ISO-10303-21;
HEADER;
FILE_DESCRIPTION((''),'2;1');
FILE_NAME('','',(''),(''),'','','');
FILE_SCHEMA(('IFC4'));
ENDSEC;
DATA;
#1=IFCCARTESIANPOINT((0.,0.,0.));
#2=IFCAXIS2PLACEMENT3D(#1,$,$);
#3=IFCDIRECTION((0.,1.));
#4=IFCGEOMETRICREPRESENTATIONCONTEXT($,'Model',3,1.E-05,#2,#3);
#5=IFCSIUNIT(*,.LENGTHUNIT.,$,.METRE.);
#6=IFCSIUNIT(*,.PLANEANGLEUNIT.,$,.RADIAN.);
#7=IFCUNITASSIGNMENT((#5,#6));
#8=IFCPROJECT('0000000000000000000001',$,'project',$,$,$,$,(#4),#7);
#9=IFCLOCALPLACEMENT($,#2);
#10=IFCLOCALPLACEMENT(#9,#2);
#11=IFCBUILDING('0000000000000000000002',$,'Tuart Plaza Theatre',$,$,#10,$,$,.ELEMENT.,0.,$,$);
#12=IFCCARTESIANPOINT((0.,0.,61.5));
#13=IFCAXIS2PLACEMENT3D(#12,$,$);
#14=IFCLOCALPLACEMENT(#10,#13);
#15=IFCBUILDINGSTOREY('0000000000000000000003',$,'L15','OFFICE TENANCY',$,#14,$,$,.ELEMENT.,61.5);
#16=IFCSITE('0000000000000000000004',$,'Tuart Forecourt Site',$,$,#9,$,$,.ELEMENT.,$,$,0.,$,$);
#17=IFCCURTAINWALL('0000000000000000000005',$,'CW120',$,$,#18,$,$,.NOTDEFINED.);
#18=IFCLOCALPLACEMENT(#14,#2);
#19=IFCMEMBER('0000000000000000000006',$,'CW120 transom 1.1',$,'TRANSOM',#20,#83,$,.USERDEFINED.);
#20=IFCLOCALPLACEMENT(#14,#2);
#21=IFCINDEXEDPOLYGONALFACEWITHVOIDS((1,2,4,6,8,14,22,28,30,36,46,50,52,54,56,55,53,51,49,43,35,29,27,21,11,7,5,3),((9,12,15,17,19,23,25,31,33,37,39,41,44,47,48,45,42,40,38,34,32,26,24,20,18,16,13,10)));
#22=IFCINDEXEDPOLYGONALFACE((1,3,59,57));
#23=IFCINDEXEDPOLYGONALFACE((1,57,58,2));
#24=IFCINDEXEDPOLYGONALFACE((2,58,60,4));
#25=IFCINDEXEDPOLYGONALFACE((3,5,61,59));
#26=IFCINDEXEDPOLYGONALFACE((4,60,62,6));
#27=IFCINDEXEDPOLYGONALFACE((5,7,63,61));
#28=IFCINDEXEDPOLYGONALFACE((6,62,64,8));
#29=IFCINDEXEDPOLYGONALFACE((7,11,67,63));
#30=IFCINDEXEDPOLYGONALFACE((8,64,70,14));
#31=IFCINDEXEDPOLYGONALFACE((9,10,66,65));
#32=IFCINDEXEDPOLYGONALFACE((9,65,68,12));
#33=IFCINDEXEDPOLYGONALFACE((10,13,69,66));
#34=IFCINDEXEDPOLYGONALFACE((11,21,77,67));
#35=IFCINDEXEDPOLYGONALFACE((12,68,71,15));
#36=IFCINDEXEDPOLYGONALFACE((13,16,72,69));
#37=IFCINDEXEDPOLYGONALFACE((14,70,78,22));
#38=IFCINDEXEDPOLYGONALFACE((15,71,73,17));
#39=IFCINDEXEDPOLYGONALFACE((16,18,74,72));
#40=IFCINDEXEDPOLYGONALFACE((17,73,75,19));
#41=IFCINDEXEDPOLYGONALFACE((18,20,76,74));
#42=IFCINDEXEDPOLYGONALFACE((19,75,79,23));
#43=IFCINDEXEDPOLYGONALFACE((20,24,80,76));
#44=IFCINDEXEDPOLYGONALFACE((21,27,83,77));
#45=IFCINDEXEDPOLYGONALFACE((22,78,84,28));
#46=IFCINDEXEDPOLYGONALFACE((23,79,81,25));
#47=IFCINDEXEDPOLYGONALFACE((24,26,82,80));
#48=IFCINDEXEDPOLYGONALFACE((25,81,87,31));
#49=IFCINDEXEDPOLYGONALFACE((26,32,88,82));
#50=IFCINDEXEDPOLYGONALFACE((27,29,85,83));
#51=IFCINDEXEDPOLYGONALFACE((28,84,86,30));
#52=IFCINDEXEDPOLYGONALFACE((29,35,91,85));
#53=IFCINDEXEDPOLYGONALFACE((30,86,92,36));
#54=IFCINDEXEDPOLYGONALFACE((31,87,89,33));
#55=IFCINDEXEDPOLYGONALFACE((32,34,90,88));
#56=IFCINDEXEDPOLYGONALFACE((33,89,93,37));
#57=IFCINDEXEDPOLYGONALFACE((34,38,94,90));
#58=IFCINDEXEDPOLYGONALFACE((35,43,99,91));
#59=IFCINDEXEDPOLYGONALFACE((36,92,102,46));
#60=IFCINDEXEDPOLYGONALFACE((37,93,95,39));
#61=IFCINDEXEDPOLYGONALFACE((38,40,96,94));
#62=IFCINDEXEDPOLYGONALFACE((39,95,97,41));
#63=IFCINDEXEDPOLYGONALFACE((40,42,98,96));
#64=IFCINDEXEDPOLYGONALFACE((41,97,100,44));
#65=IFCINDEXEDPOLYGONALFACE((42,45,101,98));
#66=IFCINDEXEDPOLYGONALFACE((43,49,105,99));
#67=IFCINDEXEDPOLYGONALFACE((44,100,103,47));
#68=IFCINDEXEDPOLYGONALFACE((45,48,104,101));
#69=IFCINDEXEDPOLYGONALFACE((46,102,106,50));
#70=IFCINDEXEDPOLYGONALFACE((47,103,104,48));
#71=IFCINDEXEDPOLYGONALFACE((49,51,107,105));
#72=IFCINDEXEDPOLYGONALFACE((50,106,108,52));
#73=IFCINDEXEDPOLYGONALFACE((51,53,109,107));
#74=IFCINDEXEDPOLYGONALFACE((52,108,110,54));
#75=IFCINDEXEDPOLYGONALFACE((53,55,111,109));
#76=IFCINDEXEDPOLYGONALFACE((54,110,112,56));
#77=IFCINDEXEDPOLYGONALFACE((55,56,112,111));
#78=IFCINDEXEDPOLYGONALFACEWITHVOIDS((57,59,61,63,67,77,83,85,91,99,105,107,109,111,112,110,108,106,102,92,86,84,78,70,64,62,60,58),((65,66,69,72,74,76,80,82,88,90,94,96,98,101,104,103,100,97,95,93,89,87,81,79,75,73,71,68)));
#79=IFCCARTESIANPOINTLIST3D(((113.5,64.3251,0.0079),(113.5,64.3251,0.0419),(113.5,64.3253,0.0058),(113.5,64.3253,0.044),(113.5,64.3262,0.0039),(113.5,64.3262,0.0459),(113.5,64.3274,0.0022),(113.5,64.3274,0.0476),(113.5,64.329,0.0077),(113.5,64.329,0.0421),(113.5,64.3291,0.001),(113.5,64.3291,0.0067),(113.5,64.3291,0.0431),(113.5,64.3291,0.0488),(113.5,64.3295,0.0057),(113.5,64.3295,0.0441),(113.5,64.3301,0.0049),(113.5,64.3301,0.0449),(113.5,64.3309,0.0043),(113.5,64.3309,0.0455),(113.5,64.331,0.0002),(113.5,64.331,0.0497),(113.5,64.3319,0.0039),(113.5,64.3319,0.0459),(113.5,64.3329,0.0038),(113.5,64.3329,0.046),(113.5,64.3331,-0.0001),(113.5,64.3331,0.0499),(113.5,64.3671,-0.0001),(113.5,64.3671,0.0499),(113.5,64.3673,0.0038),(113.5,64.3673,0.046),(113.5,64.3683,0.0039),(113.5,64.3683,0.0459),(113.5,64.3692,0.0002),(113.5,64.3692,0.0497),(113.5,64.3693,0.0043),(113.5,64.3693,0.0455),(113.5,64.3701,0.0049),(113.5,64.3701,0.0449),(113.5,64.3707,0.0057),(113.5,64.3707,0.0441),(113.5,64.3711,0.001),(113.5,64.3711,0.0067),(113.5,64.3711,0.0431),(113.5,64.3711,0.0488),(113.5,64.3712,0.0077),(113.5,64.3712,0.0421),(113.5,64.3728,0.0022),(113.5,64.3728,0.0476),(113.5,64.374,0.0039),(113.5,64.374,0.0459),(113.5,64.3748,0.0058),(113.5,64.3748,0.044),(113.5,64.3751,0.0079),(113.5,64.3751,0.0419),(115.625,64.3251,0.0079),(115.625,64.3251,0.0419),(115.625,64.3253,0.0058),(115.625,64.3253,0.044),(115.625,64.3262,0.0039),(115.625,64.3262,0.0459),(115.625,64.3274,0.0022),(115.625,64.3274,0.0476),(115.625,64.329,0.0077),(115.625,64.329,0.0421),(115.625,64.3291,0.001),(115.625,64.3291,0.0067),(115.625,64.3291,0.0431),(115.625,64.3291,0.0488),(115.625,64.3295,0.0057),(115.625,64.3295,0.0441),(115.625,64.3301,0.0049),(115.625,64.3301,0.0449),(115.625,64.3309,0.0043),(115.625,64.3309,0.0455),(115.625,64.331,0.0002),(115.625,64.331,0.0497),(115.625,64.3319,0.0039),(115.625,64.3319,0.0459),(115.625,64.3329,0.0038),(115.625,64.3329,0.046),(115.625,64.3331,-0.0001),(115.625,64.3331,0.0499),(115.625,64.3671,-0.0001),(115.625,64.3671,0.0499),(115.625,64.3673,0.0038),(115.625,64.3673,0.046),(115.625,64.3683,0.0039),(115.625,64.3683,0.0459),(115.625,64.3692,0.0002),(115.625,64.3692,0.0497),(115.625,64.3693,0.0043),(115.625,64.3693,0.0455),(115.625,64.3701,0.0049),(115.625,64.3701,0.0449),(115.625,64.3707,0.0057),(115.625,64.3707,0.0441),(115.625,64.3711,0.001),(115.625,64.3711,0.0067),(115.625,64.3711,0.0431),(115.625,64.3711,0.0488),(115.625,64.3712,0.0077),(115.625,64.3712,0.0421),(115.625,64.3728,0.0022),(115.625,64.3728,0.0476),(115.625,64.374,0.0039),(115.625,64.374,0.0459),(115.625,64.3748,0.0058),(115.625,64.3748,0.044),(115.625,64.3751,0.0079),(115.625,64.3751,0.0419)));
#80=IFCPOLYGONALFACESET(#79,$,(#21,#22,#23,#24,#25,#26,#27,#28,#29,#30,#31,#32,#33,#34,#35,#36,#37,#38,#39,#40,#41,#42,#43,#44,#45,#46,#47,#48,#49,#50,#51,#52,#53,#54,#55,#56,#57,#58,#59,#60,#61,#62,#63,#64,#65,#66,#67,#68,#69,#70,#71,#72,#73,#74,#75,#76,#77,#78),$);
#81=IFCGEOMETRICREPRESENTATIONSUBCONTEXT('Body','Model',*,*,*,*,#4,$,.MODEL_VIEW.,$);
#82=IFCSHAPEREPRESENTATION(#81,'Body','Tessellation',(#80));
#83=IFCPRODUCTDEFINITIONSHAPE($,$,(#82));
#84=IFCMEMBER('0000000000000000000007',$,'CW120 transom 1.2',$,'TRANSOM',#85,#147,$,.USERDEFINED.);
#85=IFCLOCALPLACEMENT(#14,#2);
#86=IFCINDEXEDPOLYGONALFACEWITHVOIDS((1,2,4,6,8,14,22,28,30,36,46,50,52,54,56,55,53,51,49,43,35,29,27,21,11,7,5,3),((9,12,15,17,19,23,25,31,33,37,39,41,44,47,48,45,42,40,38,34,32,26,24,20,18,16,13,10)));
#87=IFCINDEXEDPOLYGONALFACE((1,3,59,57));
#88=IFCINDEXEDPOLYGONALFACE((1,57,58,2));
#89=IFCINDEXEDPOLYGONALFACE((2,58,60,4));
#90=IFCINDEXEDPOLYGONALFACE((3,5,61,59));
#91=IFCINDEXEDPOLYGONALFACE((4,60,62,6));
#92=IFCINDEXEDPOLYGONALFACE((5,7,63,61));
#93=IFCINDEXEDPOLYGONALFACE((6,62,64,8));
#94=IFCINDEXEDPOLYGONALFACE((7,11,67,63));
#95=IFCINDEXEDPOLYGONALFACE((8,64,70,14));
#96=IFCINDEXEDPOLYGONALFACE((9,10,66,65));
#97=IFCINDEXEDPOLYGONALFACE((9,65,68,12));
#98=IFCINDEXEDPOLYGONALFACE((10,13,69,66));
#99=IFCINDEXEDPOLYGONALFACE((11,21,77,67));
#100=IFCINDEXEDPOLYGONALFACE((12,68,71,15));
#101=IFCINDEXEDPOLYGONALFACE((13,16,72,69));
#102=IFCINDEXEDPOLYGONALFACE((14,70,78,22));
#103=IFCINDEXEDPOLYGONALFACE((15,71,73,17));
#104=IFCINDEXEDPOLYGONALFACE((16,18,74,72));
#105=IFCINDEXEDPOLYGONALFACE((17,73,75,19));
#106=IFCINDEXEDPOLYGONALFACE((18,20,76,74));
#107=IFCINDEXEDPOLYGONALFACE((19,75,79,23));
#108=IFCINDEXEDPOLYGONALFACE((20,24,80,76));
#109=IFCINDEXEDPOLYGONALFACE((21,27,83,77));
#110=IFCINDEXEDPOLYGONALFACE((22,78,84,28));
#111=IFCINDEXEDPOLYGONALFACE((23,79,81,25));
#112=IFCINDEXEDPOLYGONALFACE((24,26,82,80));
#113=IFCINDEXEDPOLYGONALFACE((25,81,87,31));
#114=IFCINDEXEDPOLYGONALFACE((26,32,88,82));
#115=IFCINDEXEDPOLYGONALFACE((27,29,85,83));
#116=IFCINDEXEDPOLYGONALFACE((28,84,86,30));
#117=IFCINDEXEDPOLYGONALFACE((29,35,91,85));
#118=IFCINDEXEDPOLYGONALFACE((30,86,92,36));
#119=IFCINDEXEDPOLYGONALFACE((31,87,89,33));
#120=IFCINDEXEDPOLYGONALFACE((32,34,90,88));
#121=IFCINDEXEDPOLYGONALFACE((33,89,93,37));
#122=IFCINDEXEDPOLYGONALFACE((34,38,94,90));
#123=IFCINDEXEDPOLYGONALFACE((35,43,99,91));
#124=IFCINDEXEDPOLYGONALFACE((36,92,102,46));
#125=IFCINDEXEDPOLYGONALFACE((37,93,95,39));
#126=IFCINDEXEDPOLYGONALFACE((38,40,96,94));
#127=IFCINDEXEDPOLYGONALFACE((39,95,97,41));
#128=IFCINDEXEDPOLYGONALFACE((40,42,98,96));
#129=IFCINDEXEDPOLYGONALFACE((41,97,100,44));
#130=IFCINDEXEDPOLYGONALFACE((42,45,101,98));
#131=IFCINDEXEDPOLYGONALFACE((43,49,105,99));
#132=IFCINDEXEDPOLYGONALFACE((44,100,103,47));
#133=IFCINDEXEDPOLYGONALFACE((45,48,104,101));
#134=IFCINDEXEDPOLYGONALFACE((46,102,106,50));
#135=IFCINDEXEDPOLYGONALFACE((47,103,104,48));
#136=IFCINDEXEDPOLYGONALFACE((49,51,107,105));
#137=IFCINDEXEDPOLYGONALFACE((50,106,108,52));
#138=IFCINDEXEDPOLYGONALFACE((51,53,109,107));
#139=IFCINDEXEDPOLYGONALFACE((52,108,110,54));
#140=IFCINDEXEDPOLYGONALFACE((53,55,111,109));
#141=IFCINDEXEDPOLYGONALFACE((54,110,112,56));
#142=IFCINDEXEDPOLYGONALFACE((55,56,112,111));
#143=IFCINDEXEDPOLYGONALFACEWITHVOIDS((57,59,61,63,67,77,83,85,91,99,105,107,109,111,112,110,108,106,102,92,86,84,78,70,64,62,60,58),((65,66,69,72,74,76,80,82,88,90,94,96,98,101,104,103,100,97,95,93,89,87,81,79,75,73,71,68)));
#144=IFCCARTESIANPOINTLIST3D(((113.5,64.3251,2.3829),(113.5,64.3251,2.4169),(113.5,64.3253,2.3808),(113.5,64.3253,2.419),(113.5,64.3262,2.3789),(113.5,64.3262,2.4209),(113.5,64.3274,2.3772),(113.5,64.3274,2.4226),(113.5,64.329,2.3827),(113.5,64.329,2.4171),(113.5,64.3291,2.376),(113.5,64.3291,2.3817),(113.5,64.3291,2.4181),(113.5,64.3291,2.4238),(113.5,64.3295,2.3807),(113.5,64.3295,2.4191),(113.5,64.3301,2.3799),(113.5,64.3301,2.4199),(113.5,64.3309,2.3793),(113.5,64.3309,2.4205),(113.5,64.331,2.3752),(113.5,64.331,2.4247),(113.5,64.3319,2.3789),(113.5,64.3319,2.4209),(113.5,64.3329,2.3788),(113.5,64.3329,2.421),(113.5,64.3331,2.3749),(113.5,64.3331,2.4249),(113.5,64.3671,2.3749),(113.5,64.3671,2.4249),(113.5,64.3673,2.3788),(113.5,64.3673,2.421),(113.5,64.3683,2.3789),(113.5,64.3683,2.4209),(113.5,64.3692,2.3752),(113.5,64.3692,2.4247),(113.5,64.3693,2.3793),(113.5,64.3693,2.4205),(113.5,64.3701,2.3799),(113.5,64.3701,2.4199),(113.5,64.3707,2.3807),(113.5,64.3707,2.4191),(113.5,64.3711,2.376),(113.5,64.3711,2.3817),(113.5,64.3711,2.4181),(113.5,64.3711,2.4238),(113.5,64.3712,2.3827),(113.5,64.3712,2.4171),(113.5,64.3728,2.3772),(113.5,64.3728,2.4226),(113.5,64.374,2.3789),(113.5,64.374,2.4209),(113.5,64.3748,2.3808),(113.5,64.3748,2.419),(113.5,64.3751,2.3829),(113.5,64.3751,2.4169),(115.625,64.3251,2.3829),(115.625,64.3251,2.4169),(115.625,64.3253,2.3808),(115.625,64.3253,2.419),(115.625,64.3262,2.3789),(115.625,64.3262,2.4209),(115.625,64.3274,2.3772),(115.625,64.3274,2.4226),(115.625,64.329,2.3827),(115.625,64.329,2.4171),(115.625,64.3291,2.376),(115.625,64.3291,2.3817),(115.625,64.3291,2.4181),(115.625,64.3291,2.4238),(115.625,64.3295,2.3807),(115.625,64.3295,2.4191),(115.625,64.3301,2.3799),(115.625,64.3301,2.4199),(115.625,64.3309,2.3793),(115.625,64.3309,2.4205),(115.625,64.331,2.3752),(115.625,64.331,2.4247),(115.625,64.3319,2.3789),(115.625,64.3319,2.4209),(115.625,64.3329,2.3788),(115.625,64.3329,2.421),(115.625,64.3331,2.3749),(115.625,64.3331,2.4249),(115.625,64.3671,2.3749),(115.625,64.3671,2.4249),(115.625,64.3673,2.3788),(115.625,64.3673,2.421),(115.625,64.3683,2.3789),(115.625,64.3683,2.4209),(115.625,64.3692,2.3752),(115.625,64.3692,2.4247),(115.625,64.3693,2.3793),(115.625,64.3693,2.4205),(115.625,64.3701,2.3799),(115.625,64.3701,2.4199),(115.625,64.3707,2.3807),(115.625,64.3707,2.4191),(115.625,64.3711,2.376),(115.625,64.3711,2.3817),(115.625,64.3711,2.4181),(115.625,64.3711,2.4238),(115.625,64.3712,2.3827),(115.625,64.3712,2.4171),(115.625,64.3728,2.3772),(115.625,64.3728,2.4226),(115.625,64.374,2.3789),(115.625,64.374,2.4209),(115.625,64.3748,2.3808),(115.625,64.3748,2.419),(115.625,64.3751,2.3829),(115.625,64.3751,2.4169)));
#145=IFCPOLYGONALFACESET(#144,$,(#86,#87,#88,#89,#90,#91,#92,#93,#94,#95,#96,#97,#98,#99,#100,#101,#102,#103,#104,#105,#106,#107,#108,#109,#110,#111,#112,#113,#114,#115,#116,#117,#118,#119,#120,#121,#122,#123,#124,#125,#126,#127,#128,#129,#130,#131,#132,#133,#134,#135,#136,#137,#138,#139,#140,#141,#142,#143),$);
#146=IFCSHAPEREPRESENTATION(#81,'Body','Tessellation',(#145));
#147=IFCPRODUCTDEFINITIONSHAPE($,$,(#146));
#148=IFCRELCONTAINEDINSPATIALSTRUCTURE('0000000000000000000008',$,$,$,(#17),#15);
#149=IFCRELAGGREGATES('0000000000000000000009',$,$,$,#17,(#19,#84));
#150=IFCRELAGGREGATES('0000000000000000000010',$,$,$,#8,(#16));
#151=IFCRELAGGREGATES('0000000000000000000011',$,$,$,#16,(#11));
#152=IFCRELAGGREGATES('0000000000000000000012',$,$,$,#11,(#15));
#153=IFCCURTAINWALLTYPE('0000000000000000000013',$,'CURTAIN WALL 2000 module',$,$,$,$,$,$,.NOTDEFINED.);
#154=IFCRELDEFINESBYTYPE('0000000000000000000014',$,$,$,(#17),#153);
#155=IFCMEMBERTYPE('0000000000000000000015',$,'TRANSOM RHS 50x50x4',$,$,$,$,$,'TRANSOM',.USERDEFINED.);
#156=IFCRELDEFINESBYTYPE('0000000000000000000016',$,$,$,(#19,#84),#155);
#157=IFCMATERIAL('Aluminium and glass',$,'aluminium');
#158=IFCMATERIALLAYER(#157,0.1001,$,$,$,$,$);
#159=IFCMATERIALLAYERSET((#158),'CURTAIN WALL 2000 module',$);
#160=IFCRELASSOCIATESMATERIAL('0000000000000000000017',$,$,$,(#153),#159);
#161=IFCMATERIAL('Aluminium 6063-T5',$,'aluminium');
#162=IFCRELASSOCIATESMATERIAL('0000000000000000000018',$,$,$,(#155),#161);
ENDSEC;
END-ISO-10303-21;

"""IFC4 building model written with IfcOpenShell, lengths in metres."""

from ifc_helpers import new_model, si_unit, direction, frame, origin, origin_2d, place, context, subcontext, project, spatial, hollow_rectangle, extrude, material, layer, layer_set, material_profile, profile_set, type_object, element, aggregate, save


model = new_model("IFC4")

# Units and contexts
model_context = context("Model", 3, precision=1e-05, world=origin(), true_north=direction((0.0, 1.0)))
body_context = subcontext(model_context, "Body", "Model", "MODEL_VIEW")
ifc_project = project(units=[si_unit("LENGTHUNIT", "METRE"), si_unit("PLANEANGLEUNIT", "RADIAN")], contexts=[model_context])

# Site, building, storey
site_placement = place(None, origin())
site = spatial("IfcSite", under=ifc_project, at=site_placement, Name="Tuart Forecourt Site", CompositionType="ELEMENT", RefElevation=0.0)
building_placement = place(site_placement, origin())
building = spatial("IfcBuilding", under=site, at=building_placement, Name="Tuart Plaza Theatre", CompositionType="ELEMENT", ElevationOfRefHeight=0.0)
storey_placement = place(building_placement, frame((0.0, 0.0, 61.5)))
storey = spatial("IfcBuildingStorey", under=building, at=storey_placement, Name="L15", Description="OFFICE TENANCY", CompositionType="ELEMENT", Elevation=61.5)

# Curtain wall
ifc_material_1 = material(Name="Aluminium and glass", Category="aluminium")
ifc_layer_1 = layer(ifc_material_1, 0.1001)
ifc_layer_set_1 = layer_set([ifc_layer_1], Name="CURTAIN WALL 2000 module")
curtain_wall_type_1 = type_object("IfcCurtainWallType", Name="CURTAIN WALL 2000 module", PredefinedType="NOTDEFINED", material=ifc_layer_set_1)
curtain_wall_1_placement = place(storey_placement, origin())
curtain_wall_1 = element("IfcCurtainWall", 1, at=curtain_wall_1_placement, inside=storey, type_object=curtain_wall_type_1, Name="CW120", PredefinedType="NOTDEFINED")
ifc_material_2 = material(Name="Aluminium 6063-T5", Category="aluminium")
ifc_material_profile_1 = material_profile(ifc_material_2, hollow_rectangle(XDim=0.05, YDim=0.05, WallThickness=0.0039, InnerFilletRadius=0.0039, OuterFilletRadius=0.0081, at=origin_2d()), Name="RHS 50x50x4")
ifc_profile_set_1 = profile_set([ifc_material_profile_1], Name="Aluminium 6063-T5")
member_type_1 = type_object("IfcMemberType", Name="TRANSOM RHS 50x50x4", ElementType="TRANSOM", PredefinedType="USERDEFINED", material=ifc_profile_set_1)

# Members
member_1_placement = place(storey_placement, frame((113.5, 64.3501, 0.0249), z_axis=(1.0, 0.0, 0.0), x_axis=(0.0, 1.0, 0.0)))
member_1 = element("IfcMember", 2, at=member_1_placement, type_object=member_type_1, Name="CW120 transom 1.1", ObjectType="TRANSOM", PredefinedType="USERDEFINED", context=body_context, shape_type="SweptSolid", body=[
    extrude(hollow_rectangle(XDim=0.05, YDim=0.05, WallThickness=0.0039, InnerFilletRadius=0.0039, OuterFilletRadius=0.0081, at=origin_2d()), origin(), (0.0, 0.0, 1.0), 2.125),
])
member_2_placement = place(storey_placement, frame((113.5, 64.3501, 2.3999), z_axis=(1.0, 0.0, 0.0), x_axis=(0.0, 1.0, 0.0)))
member_2 = element("IfcMember", 3, at=member_2_placement, type_object=member_type_1, Name="CW120 transom 1.2", ObjectType="TRANSOM", PredefinedType="USERDEFINED", context=body_context, shape_type="SweptSolid", body=[
    extrude(hollow_rectangle(XDim=0.05, YDim=0.05, WallThickness=0.0039, InnerFilletRadius=0.0039, OuterFilletRadius=0.0081, at=origin_2d()), origin(), (0.0, 0.0, 1.0), 2.125),
])

aggregate(curtain_wall_1, [member_1, member_2])

save(model, "model.ifc")
